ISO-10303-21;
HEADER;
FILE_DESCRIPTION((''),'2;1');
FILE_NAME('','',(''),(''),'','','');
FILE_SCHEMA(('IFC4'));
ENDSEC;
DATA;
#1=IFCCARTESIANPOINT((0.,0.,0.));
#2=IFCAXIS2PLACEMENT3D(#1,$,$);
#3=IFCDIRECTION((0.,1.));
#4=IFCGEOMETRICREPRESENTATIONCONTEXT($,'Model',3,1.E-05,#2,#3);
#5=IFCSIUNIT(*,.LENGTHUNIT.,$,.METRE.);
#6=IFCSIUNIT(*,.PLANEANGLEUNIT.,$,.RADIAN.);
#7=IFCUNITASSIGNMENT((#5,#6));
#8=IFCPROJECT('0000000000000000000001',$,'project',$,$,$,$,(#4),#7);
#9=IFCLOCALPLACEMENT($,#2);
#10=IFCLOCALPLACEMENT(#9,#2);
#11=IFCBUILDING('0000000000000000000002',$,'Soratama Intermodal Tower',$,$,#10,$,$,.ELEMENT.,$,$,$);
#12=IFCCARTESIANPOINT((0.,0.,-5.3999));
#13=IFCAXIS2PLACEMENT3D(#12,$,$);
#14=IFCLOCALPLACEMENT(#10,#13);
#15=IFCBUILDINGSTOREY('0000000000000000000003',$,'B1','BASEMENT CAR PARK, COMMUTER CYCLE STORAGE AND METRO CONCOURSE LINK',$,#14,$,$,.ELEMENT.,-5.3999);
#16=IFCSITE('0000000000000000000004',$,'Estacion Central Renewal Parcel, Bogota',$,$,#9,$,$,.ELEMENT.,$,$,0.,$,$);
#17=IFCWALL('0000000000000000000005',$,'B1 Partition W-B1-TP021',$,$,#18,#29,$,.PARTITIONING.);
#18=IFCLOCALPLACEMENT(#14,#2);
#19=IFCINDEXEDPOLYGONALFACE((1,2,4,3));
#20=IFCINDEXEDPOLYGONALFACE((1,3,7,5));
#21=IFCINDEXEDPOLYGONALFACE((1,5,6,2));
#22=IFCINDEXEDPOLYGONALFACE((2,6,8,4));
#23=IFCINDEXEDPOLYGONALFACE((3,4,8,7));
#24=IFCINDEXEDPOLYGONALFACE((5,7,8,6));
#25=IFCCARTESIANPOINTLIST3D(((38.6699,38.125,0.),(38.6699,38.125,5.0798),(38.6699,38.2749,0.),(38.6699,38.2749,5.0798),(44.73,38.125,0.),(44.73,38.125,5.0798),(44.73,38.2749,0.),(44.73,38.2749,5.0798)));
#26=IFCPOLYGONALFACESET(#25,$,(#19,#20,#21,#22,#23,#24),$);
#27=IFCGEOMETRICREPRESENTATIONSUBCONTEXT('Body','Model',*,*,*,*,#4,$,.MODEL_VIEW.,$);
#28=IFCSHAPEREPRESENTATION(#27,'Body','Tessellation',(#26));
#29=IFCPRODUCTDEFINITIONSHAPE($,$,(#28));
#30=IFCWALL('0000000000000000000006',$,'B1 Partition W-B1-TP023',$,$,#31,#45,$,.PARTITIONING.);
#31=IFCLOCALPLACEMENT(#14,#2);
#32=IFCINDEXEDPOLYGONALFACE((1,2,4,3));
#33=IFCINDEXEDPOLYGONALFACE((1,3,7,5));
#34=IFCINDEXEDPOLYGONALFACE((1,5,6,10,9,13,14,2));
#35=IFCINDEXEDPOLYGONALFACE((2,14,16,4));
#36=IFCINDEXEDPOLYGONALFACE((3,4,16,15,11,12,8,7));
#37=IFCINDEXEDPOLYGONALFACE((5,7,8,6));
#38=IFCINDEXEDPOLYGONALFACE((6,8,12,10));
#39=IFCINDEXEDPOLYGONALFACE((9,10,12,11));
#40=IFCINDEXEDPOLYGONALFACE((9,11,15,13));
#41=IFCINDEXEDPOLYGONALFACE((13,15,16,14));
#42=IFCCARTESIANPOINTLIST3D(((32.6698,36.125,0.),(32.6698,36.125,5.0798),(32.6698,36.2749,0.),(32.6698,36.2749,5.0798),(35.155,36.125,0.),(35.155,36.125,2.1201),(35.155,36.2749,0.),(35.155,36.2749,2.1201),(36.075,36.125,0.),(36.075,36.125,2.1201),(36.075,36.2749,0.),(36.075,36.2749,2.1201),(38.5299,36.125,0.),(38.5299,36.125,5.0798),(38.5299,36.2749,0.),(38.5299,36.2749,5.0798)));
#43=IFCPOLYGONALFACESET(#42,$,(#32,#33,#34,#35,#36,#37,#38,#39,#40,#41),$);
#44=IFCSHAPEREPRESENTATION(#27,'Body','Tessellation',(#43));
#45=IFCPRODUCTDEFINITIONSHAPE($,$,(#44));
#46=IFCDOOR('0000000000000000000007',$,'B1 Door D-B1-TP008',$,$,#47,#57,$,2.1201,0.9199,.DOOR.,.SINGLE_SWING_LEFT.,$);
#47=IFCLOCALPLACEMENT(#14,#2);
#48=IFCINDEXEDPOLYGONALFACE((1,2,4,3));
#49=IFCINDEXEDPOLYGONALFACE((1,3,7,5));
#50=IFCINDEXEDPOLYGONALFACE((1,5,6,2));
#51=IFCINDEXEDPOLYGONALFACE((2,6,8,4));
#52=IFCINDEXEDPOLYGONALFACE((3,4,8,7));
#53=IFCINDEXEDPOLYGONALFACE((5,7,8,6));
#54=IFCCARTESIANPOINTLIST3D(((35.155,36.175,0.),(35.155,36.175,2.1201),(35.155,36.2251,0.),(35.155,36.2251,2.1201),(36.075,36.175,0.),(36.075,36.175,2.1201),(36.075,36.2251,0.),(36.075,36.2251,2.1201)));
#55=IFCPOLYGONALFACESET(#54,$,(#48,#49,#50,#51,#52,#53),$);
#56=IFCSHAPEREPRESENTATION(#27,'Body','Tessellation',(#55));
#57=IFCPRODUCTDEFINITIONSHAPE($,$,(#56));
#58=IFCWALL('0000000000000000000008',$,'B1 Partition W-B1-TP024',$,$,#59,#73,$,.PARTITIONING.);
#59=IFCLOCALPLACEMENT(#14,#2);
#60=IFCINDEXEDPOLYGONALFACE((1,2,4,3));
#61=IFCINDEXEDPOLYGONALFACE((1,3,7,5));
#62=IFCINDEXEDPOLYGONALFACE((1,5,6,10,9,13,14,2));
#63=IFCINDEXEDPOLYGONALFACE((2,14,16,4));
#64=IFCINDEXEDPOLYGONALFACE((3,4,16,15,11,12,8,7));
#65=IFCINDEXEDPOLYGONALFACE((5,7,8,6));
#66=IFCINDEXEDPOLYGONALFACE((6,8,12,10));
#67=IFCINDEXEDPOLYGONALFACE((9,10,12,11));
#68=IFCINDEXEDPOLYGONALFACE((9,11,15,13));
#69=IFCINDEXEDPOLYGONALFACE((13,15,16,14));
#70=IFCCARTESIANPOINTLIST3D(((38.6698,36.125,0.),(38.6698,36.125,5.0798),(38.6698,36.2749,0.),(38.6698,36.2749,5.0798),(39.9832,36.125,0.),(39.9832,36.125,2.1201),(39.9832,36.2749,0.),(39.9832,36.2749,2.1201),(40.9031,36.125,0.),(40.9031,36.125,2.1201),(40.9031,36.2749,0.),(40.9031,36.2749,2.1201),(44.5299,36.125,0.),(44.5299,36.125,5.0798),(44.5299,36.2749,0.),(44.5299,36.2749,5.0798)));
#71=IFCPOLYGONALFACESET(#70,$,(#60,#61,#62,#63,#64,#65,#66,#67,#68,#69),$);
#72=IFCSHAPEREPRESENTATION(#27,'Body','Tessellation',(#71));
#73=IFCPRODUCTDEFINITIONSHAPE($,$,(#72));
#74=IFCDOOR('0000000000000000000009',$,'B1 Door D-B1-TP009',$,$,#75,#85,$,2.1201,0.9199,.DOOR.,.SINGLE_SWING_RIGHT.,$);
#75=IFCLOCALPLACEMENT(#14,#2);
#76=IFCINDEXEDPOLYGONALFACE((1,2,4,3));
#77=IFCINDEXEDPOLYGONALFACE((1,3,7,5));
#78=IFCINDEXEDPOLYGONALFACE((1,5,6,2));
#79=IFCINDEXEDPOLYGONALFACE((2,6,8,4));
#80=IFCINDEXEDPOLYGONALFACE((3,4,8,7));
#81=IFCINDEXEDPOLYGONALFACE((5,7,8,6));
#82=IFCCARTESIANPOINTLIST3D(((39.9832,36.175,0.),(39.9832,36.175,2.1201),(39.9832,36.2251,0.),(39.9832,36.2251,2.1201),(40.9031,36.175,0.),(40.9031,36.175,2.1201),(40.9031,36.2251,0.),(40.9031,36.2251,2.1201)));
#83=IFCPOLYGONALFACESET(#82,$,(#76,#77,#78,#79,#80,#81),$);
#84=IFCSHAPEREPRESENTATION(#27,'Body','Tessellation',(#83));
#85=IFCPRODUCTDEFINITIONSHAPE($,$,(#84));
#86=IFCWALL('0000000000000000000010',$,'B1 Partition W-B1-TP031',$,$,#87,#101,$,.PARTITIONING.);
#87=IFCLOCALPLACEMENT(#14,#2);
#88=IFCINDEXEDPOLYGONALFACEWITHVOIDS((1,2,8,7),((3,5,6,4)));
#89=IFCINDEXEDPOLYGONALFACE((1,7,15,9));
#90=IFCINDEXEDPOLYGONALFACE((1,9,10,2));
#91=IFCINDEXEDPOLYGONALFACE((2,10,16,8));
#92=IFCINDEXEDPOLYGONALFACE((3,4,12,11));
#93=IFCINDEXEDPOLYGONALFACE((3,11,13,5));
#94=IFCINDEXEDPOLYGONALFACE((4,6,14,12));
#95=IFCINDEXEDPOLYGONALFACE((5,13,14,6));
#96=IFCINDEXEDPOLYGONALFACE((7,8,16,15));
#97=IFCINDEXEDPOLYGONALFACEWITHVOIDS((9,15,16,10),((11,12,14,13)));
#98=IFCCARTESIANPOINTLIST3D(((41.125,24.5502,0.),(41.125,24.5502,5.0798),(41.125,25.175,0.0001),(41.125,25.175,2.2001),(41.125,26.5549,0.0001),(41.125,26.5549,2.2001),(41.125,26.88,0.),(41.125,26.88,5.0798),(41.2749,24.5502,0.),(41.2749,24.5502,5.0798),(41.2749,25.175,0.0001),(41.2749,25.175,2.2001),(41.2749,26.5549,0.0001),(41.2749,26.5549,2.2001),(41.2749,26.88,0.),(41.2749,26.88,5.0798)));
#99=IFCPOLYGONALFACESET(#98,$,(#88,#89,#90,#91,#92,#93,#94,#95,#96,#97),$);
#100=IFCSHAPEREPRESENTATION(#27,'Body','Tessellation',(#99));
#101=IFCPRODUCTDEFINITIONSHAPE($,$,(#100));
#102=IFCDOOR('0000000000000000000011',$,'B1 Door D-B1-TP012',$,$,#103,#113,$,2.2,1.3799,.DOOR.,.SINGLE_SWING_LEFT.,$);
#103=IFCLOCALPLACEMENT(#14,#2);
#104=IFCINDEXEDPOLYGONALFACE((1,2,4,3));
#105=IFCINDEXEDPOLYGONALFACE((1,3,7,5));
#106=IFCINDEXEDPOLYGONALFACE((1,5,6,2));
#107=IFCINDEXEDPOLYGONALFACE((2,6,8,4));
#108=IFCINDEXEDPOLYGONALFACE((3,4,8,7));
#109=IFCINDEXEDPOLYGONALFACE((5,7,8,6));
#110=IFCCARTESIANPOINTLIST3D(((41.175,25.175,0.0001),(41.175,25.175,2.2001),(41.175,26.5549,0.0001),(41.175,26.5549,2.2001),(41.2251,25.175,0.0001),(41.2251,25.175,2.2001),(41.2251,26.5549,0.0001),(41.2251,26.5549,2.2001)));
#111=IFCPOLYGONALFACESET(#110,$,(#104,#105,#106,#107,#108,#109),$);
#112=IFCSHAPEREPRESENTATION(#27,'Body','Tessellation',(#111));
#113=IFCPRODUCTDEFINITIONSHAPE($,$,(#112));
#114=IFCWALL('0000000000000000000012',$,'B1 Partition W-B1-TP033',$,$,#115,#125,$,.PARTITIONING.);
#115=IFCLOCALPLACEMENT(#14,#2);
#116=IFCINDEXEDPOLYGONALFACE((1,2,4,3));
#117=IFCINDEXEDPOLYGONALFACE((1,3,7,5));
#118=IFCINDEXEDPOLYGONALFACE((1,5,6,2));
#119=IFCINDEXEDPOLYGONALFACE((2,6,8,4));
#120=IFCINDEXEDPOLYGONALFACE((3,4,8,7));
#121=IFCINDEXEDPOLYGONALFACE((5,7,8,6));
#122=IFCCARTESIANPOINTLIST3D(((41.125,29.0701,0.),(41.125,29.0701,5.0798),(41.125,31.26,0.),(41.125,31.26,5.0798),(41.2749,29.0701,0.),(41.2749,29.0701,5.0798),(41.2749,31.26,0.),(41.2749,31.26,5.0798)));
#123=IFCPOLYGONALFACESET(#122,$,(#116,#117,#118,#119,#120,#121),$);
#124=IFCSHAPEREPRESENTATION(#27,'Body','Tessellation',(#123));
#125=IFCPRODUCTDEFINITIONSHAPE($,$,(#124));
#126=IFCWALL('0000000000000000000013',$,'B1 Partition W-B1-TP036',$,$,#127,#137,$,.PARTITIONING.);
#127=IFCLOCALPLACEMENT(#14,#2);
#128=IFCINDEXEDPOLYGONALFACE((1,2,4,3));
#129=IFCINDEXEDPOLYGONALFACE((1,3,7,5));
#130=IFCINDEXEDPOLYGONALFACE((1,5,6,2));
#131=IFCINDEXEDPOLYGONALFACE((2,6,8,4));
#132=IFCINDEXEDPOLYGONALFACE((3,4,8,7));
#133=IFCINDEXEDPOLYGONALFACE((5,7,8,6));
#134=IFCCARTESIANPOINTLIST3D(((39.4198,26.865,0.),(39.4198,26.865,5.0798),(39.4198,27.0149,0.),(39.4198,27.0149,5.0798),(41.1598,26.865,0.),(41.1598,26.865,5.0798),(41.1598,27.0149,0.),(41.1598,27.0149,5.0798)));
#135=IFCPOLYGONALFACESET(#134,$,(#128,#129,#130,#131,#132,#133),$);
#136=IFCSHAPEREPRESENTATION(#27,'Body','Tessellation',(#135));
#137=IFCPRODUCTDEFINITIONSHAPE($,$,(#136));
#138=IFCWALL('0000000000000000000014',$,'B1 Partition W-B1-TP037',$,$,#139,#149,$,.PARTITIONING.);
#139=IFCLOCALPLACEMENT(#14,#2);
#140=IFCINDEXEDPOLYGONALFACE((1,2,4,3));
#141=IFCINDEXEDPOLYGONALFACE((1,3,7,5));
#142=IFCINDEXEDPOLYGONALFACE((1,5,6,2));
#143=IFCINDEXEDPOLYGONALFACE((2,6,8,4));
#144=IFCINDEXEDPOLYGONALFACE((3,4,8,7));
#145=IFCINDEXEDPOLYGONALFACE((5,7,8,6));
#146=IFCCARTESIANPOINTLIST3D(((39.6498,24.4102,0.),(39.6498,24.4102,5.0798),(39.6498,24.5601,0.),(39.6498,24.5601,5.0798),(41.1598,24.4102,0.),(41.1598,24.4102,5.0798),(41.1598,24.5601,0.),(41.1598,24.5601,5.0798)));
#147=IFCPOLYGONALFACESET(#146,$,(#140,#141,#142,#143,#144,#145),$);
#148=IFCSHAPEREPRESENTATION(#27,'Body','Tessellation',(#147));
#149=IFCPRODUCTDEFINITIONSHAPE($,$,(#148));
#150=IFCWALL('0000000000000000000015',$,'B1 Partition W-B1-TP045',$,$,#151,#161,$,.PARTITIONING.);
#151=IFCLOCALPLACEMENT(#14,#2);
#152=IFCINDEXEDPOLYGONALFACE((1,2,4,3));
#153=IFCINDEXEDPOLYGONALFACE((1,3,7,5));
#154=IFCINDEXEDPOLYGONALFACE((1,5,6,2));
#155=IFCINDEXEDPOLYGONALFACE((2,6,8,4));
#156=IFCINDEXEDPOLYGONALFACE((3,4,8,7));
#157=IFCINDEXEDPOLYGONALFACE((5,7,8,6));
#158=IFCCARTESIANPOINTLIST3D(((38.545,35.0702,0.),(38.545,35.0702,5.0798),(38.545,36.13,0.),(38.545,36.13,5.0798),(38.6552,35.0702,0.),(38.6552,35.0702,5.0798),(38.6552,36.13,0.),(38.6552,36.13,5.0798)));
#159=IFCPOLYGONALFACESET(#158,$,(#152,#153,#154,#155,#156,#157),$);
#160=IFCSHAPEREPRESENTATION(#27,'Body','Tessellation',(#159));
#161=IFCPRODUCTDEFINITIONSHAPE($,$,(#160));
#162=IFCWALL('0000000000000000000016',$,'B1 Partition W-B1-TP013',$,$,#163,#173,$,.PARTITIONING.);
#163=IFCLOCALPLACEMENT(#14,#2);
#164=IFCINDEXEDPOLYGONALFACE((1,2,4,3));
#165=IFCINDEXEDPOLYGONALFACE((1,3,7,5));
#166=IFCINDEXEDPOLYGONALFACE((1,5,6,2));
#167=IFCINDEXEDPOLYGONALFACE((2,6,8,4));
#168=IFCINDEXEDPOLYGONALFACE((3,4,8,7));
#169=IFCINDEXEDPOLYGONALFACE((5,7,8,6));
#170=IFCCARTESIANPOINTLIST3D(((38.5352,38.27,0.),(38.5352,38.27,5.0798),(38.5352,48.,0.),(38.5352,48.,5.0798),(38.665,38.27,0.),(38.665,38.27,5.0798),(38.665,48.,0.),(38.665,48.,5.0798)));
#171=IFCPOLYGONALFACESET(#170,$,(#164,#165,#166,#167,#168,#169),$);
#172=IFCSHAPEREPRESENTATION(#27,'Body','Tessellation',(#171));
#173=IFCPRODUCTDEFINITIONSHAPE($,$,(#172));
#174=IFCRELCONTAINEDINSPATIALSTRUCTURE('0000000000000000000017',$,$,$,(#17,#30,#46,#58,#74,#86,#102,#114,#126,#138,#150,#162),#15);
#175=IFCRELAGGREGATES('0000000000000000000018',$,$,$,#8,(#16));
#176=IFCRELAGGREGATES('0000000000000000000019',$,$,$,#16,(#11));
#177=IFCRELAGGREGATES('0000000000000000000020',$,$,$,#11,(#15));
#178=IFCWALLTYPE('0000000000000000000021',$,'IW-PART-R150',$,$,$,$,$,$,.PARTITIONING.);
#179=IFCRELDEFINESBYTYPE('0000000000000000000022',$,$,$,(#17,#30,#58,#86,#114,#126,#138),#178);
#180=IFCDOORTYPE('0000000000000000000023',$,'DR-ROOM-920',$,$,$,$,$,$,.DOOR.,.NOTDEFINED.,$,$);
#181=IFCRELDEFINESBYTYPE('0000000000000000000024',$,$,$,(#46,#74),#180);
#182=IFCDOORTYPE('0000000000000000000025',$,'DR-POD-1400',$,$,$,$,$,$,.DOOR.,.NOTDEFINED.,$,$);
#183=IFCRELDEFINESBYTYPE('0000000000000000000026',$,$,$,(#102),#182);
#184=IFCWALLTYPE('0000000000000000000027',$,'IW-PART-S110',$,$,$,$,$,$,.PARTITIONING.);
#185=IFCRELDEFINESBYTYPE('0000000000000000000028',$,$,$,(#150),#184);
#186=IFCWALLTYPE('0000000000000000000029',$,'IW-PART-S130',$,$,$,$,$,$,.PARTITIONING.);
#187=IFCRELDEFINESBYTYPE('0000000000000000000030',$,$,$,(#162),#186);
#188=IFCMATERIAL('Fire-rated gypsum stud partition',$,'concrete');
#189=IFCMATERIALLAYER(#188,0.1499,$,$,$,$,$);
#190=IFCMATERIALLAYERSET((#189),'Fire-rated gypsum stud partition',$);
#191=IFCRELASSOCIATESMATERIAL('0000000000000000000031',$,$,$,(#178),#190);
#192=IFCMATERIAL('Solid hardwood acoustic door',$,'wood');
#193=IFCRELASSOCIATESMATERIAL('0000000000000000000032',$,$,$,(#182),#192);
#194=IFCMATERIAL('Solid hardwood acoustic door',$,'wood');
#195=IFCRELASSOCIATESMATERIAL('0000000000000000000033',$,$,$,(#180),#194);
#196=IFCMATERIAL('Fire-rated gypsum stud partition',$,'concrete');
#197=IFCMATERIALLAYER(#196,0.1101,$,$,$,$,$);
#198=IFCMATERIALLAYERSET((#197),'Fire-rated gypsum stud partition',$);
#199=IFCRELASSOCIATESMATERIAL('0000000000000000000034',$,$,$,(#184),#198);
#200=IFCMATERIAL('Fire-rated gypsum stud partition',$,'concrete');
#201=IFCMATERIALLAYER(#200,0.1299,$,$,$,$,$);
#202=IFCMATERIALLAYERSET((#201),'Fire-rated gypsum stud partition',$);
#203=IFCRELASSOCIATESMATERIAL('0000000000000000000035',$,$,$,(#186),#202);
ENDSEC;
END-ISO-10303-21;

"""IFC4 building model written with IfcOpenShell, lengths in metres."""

from ifc_helpers import new_model, si_unit, direction, frame, frame_2d, origin, place, context, subcontext, project, spatial, rectangle, extrude, material, layer, layer_set, type_object, element, fill, save


model = new_model("IFC4")

# Units and contexts
model_context = context("Model", 3, precision=1e-05, world=origin(), true_north=direction((0.0, 1.0)))
body_context = subcontext(model_context, "Body", "Model", "MODEL_VIEW")
ifc_project = project(units=[si_unit("LENGTHUNIT", "METRE"), si_unit("PLANEANGLEUNIT", "RADIAN")], contexts=[model_context])

# Site, building, storey
site_placement = place(None, origin())
site = spatial("IfcSite", under=ifc_project, at=site_placement, Name="Estacion Central Renewal Parcel, Bogota", CompositionType="ELEMENT", RefElevation=0.0)
building_placement = place(site_placement, origin())
building = spatial("IfcBuilding", under=site, at=building_placement, Name="Soratama Intermodal Tower", CompositionType="ELEMENT")
storey_placement = place(building_placement, frame((0.0, 0.0, -5.3999)))
storey = spatial("IfcBuildingStorey", under=building, at=storey_placement, Name="B1", Description="BASEMENT CAR PARK, COMMUTER CYCLE STORAGE AND METRO CONCOURSE LINK", CompositionType="ELEMENT", Elevation=-5.3999)

# Shared definitions
ifc_material_1 = material(Name="Fire-rated gypsum stud partition", Category="concrete")
ifc_layer_1 = layer(ifc_material_1, 0.1499)
ifc_layer_set_1 = layer_set([ifc_layer_1], Name="Fire-rated gypsum stud partition")
wall_type_1 = type_object("IfcWallType", Name="IW-PART-R150", PredefinedType="PARTITIONING", material=ifc_layer_set_1)
ifc_material_2 = material(Name="Solid hardwood acoustic door", Category="wood")
door_type_1 = type_object("IfcDoorType", Name="DR-POD-1400", OperationType="NOTDEFINED", PredefinedType="DOOR", material=ifc_material_2)

# Wall
wall_1_placement = place(storey_placement, frame((38.6699, 38.2, 0.0), z_axis=(0.0, 0.0, 1.0), x_axis=(1.0, 0.0, 0.0)))
element("IfcWall", 1, at=wall_1_placement, inside=storey, type_object=wall_type_1, Name="B1 Partition W-B1-TP021", PredefinedType="PARTITIONING", context=body_context, shape_type="SweptSolid", body=[
    extrude(rectangle(XDim=6.0601, YDim=0.1499, at=frame_2d((3.03, 0.0))), origin(), (0.0, 0.0, 1.0), 5.0798),
])

# Walls, openings, doors
wall_2_placement = place(storey_placement, frame((38.53, 36.2, 0.0), z_axis=(0.0, 0.0, 1.0), x_axis=(-1.0, 0.0, 0.0)))
wall_2 = element("IfcWall", 2, at=wall_2_placement, inside=storey, type_object=wall_type_1, Name="B1 Partition W-B1-TP023", PredefinedType="PARTITIONING", context=body_context, shape_type="SweptSolid", body=[
    extrude(rectangle(XDim=5.8601, YDim=0.1499, at=frame_2d((2.9302, 0.0))), origin(), (0.0, 0.0, 1.0), 5.0798),
])
opening_1_placement = place(wall_2_placement, frame((2.4551, 0.0, 0.0)))
opening_1 = element("IfcOpeningElement", 3, at=opening_1_placement, cuts=wall_2, PredefinedType="OPENING", context=body_context, shape_type="SweptSolid", body=[
    extrude(rectangle(XDim=0.9199, YDim=2.1201, at=frame_2d((0.46, 1.0601))), frame((0.0, 0.085, 0.0), z_axis=(0.0, -1.0, 0.0), x_axis=(1.0, 0.0, 0.0)), (0.0, 0.0, 1.0), 0.1699),
])
ifc_material_3 = material(Name="Solid hardwood acoustic door", Category="wood")
door_type_2 = type_object("IfcDoorType", Name="DR-ROOM-920", OperationType="NOTDEFINED", PredefinedType="DOOR", material=ifc_material_3)
door_1_placement = place(opening_1_placement, origin())
door_1 = element("IfcDoor", 4, at=door_1_placement, inside=storey, type_object=door_type_2, Name="B1 Door D-B1-TP008", OperationType="SINGLE_SWING_LEFT", OverallHeight=2.1201, OverallWidth=0.9199, PredefinedType="DOOR", context=body_context, shape_type="SweptSolid", body=[
    extrude(rectangle(XDim=0.9199, YDim=2.1201, at=frame_2d((0.46, 1.0601))), frame((0.0, 0.0249, 0.0), z_axis=(0.0, -1.0, 0.0), x_axis=(1.0, 0.0, 0.0)), (0.0, 0.0, 1.0), 0.05),
])
fill(opening_1, door_1)
wall_3_placement = place(storey_placement, frame((44.53, 36.2, 0.0), z_axis=(0.0, 0.0, 1.0), x_axis=(-1.0, 0.0, 0.0)))
wall_3 = element("IfcWall", 5, at=wall_3_placement, inside=storey, type_object=wall_type_1, Name="B1 Partition W-B1-TP024", PredefinedType="PARTITIONING", context=body_context, shape_type="SweptSolid", body=[
    extrude(rectangle(XDim=5.8601, YDim=0.1499, at=frame_2d((2.9302, 0.0))), origin(), (0.0, 0.0, 1.0), 5.0798),
])
opening_2_placement = place(wall_3_placement, frame((3.627, 0.0, 0.0)))
opening_2 = element("IfcOpeningElement", 6, at=opening_2_placement, cuts=wall_3, PredefinedType="OPENING", context=body_context, shape_type="SweptSolid", body=[
    extrude(rectangle(XDim=0.9199, YDim=2.1201, at=frame_2d((0.46, 1.0601))), frame((0.0, 0.085, 0.0), z_axis=(0.0, -1.0, 0.0), x_axis=(1.0, 0.0, 0.0)), (0.0, 0.0, 1.0), 0.1699),
])
door_2_placement = place(opening_2_placement, origin())
door_2 = element("IfcDoor", 7, at=door_2_placement, inside=storey, type_object=door_type_2, Name="B1 Door D-B1-TP009", OperationType="SINGLE_SWING_RIGHT", OverallHeight=2.1201, OverallWidth=0.9199, PredefinedType="DOOR", context=body_context, shape_type="SweptSolid", body=[
    extrude(rectangle(XDim=0.9199, YDim=2.1201, at=frame_2d((0.46, 1.0601))), frame((0.0, 0.0249, 0.0), z_axis=(0.0, -1.0, 0.0), x_axis=(1.0, 0.0, 0.0)), (0.0, 0.0, 1.0), 0.05),
])
fill(opening_2, door_2)
wall_4_placement = place(storey_placement, frame((41.2, 24.55, 0.0), z_axis=(0.0, 0.0, 1.0), x_axis=(0.0, 1.0, 0.0)))
wall_4 = element("IfcWall", 8, at=wall_4_placement, inside=storey, type_object=wall_type_1, Name="B1 Partition W-B1-TP031", PredefinedType="PARTITIONING", context=body_context, shape_type="SweptSolid", body=[
    extrude(rectangle(XDim=2.3298, YDim=0.1499, at=frame_2d((1.165, 0.0))), origin(), (0.0, 0.0, 1.0), 5.0798),
])
opening_3_placement = place(wall_4_placement, frame((0.625, 0.0, 0.0)))
opening_3 = element("IfcOpeningElement", 9, at=opening_3_placement, cuts=wall_4, PredefinedType="OPENING", context=body_context, shape_type="SweptSolid", body=[
    extrude(rectangle(XDim=1.3799, YDim=2.2, at=frame_2d((0.6899, 1.1001))), frame((0.0, 0.085, 0.0), z_axis=(0.0, -1.0, 0.0), x_axis=(1.0, 0.0, 0.0)), (0.0, 0.0, 1.0), 0.1699),
])
door_3_placement = place(opening_3_placement, origin())
door_3 = element("IfcDoor", 10, at=door_3_placement, inside=storey, type_object=door_type_1, Name="B1 Door D-B1-TP012", OperationType="SINGLE_SWING_LEFT", OverallHeight=2.2, OverallWidth=1.3799, PredefinedType="DOOR", context=body_context, shape_type="SweptSolid", body=[
    extrude(rectangle(XDim=1.3799, YDim=2.2, at=frame_2d((0.6899, 1.1001))), frame((0.0, 0.0249, 0.0), z_axis=(0.0, -1.0, 0.0), x_axis=(1.0, 0.0, 0.0)), (0.0, 0.0, 1.0), 0.05),
])
fill(opening_3, door_3)

# Walls
wall_5_placement = place(storey_placement, frame((41.2, 29.0701, 0.0), z_axis=(0.0, 0.0, 1.0), x_axis=(0.0, 1.0, 0.0)))
element("IfcWall", 11, at=wall_5_placement, inside=storey, type_object=wall_type_1, Name="B1 Partition W-B1-TP033", PredefinedType="PARTITIONING", context=body_context, shape_type="SweptSolid", body=[
    extrude(rectangle(XDim=2.1899, YDim=0.1499, at=frame_2d((1.095, 0.0))), origin(), (0.0, 0.0, 1.0), 5.0798),
])
wall_6_placement = place(storey_placement, frame((41.1599, 26.9399, 0.0), z_axis=(0.0, 0.0, 1.0), x_axis=(-1.0, 0.0, 0.0)))
element("IfcWall", 12, at=wall_6_placement, inside=storey, type_object=wall_type_1, Name="B1 Partition W-B1-TP036", PredefinedType="PARTITIONING", context=body_context, shape_type="SweptSolid", body=[
    extrude(rectangle(XDim=1.74, YDim=0.1499, at=frame_2d((0.8701, 0.0))), origin(), (0.0, 0.0, 1.0), 5.0798),
])
wall_7_placement = place(storey_placement, frame((39.6499, 24.4851, 0.0), z_axis=(0.0, 0.0, 1.0), x_axis=(1.0, 0.0, 0.0)))
element("IfcWall", 13, at=wall_7_placement, inside=storey, type_object=wall_type_1, Name="B1 Partition W-B1-TP037", PredefinedType="PARTITIONING", context=body_context, shape_type="SweptSolid", body=[
    extrude(rectangle(XDim=1.51, YDim=0.1499, at=frame_2d((0.7549, 0.0))), origin(), (0.0, 0.0, 1.0), 5.0798),
])
ifc_material_4 = material(Name="Fire-rated gypsum stud partition", Category="concrete")
ifc_layer_2 = layer(ifc_material_4, 0.1101)
ifc_layer_set_2 = layer_set([ifc_layer_2], Name="Fire-rated gypsum stud partition")
wall_type_2 = type_object("IfcWallType", Name="IW-PART-S110", PredefinedType="PARTITIONING", material=ifc_layer_set_2)
wall_8_placement = place(storey_placement, frame((38.6001, 36.1299, 0.0), z_axis=(0.0, 0.0, 1.0), x_axis=(0.0, -1.0, 0.0)))
element("IfcWall", 14, at=wall_8_placement, inside=storey, type_object=wall_type_2, Name="B1 Partition W-B1-TP045", PredefinedType="PARTITIONING", context=body_context, shape_type="SweptSolid", body=[
    extrude(rectangle(XDim=1.0598, YDim=0.1101, at=frame_2d((0.5298, 0.0))), origin(), (0.0, 0.0, 1.0), 5.0798),
])
ifc_material_5 = material(Name="Fire-rated gypsum stud partition", Category="concrete")
ifc_layer_3 = layer(ifc_material_5, 0.1299)
ifc_layer_set_3 = layer_set([ifc_layer_3], Name="Fire-rated gypsum stud partition")
wall_type_3 = type_object("IfcWallType", Name="IW-PART-S130", PredefinedType="PARTITIONING", material=ifc_layer_set_3)
wall_9_placement = place(storey_placement, frame((38.6001, 48.0, 0.0), z_axis=(0.0, 0.0, 1.0), x_axis=(0.0, -1.0, 0.0)))
element("IfcWall", 15, at=wall_9_placement, inside=storey, type_object=wall_type_3, Name="B1 Partition W-B1-TP013", PredefinedType="PARTITIONING", context=body_context, shape_type="SweptSolid", body=[
    extrude(rectangle(XDim=9.73, YDim=0.1299, at=frame_2d((4.865, 0.0))), origin(), (0.0, 0.0, 1.0), 5.0798),
])

save(model, "model.ifc")
